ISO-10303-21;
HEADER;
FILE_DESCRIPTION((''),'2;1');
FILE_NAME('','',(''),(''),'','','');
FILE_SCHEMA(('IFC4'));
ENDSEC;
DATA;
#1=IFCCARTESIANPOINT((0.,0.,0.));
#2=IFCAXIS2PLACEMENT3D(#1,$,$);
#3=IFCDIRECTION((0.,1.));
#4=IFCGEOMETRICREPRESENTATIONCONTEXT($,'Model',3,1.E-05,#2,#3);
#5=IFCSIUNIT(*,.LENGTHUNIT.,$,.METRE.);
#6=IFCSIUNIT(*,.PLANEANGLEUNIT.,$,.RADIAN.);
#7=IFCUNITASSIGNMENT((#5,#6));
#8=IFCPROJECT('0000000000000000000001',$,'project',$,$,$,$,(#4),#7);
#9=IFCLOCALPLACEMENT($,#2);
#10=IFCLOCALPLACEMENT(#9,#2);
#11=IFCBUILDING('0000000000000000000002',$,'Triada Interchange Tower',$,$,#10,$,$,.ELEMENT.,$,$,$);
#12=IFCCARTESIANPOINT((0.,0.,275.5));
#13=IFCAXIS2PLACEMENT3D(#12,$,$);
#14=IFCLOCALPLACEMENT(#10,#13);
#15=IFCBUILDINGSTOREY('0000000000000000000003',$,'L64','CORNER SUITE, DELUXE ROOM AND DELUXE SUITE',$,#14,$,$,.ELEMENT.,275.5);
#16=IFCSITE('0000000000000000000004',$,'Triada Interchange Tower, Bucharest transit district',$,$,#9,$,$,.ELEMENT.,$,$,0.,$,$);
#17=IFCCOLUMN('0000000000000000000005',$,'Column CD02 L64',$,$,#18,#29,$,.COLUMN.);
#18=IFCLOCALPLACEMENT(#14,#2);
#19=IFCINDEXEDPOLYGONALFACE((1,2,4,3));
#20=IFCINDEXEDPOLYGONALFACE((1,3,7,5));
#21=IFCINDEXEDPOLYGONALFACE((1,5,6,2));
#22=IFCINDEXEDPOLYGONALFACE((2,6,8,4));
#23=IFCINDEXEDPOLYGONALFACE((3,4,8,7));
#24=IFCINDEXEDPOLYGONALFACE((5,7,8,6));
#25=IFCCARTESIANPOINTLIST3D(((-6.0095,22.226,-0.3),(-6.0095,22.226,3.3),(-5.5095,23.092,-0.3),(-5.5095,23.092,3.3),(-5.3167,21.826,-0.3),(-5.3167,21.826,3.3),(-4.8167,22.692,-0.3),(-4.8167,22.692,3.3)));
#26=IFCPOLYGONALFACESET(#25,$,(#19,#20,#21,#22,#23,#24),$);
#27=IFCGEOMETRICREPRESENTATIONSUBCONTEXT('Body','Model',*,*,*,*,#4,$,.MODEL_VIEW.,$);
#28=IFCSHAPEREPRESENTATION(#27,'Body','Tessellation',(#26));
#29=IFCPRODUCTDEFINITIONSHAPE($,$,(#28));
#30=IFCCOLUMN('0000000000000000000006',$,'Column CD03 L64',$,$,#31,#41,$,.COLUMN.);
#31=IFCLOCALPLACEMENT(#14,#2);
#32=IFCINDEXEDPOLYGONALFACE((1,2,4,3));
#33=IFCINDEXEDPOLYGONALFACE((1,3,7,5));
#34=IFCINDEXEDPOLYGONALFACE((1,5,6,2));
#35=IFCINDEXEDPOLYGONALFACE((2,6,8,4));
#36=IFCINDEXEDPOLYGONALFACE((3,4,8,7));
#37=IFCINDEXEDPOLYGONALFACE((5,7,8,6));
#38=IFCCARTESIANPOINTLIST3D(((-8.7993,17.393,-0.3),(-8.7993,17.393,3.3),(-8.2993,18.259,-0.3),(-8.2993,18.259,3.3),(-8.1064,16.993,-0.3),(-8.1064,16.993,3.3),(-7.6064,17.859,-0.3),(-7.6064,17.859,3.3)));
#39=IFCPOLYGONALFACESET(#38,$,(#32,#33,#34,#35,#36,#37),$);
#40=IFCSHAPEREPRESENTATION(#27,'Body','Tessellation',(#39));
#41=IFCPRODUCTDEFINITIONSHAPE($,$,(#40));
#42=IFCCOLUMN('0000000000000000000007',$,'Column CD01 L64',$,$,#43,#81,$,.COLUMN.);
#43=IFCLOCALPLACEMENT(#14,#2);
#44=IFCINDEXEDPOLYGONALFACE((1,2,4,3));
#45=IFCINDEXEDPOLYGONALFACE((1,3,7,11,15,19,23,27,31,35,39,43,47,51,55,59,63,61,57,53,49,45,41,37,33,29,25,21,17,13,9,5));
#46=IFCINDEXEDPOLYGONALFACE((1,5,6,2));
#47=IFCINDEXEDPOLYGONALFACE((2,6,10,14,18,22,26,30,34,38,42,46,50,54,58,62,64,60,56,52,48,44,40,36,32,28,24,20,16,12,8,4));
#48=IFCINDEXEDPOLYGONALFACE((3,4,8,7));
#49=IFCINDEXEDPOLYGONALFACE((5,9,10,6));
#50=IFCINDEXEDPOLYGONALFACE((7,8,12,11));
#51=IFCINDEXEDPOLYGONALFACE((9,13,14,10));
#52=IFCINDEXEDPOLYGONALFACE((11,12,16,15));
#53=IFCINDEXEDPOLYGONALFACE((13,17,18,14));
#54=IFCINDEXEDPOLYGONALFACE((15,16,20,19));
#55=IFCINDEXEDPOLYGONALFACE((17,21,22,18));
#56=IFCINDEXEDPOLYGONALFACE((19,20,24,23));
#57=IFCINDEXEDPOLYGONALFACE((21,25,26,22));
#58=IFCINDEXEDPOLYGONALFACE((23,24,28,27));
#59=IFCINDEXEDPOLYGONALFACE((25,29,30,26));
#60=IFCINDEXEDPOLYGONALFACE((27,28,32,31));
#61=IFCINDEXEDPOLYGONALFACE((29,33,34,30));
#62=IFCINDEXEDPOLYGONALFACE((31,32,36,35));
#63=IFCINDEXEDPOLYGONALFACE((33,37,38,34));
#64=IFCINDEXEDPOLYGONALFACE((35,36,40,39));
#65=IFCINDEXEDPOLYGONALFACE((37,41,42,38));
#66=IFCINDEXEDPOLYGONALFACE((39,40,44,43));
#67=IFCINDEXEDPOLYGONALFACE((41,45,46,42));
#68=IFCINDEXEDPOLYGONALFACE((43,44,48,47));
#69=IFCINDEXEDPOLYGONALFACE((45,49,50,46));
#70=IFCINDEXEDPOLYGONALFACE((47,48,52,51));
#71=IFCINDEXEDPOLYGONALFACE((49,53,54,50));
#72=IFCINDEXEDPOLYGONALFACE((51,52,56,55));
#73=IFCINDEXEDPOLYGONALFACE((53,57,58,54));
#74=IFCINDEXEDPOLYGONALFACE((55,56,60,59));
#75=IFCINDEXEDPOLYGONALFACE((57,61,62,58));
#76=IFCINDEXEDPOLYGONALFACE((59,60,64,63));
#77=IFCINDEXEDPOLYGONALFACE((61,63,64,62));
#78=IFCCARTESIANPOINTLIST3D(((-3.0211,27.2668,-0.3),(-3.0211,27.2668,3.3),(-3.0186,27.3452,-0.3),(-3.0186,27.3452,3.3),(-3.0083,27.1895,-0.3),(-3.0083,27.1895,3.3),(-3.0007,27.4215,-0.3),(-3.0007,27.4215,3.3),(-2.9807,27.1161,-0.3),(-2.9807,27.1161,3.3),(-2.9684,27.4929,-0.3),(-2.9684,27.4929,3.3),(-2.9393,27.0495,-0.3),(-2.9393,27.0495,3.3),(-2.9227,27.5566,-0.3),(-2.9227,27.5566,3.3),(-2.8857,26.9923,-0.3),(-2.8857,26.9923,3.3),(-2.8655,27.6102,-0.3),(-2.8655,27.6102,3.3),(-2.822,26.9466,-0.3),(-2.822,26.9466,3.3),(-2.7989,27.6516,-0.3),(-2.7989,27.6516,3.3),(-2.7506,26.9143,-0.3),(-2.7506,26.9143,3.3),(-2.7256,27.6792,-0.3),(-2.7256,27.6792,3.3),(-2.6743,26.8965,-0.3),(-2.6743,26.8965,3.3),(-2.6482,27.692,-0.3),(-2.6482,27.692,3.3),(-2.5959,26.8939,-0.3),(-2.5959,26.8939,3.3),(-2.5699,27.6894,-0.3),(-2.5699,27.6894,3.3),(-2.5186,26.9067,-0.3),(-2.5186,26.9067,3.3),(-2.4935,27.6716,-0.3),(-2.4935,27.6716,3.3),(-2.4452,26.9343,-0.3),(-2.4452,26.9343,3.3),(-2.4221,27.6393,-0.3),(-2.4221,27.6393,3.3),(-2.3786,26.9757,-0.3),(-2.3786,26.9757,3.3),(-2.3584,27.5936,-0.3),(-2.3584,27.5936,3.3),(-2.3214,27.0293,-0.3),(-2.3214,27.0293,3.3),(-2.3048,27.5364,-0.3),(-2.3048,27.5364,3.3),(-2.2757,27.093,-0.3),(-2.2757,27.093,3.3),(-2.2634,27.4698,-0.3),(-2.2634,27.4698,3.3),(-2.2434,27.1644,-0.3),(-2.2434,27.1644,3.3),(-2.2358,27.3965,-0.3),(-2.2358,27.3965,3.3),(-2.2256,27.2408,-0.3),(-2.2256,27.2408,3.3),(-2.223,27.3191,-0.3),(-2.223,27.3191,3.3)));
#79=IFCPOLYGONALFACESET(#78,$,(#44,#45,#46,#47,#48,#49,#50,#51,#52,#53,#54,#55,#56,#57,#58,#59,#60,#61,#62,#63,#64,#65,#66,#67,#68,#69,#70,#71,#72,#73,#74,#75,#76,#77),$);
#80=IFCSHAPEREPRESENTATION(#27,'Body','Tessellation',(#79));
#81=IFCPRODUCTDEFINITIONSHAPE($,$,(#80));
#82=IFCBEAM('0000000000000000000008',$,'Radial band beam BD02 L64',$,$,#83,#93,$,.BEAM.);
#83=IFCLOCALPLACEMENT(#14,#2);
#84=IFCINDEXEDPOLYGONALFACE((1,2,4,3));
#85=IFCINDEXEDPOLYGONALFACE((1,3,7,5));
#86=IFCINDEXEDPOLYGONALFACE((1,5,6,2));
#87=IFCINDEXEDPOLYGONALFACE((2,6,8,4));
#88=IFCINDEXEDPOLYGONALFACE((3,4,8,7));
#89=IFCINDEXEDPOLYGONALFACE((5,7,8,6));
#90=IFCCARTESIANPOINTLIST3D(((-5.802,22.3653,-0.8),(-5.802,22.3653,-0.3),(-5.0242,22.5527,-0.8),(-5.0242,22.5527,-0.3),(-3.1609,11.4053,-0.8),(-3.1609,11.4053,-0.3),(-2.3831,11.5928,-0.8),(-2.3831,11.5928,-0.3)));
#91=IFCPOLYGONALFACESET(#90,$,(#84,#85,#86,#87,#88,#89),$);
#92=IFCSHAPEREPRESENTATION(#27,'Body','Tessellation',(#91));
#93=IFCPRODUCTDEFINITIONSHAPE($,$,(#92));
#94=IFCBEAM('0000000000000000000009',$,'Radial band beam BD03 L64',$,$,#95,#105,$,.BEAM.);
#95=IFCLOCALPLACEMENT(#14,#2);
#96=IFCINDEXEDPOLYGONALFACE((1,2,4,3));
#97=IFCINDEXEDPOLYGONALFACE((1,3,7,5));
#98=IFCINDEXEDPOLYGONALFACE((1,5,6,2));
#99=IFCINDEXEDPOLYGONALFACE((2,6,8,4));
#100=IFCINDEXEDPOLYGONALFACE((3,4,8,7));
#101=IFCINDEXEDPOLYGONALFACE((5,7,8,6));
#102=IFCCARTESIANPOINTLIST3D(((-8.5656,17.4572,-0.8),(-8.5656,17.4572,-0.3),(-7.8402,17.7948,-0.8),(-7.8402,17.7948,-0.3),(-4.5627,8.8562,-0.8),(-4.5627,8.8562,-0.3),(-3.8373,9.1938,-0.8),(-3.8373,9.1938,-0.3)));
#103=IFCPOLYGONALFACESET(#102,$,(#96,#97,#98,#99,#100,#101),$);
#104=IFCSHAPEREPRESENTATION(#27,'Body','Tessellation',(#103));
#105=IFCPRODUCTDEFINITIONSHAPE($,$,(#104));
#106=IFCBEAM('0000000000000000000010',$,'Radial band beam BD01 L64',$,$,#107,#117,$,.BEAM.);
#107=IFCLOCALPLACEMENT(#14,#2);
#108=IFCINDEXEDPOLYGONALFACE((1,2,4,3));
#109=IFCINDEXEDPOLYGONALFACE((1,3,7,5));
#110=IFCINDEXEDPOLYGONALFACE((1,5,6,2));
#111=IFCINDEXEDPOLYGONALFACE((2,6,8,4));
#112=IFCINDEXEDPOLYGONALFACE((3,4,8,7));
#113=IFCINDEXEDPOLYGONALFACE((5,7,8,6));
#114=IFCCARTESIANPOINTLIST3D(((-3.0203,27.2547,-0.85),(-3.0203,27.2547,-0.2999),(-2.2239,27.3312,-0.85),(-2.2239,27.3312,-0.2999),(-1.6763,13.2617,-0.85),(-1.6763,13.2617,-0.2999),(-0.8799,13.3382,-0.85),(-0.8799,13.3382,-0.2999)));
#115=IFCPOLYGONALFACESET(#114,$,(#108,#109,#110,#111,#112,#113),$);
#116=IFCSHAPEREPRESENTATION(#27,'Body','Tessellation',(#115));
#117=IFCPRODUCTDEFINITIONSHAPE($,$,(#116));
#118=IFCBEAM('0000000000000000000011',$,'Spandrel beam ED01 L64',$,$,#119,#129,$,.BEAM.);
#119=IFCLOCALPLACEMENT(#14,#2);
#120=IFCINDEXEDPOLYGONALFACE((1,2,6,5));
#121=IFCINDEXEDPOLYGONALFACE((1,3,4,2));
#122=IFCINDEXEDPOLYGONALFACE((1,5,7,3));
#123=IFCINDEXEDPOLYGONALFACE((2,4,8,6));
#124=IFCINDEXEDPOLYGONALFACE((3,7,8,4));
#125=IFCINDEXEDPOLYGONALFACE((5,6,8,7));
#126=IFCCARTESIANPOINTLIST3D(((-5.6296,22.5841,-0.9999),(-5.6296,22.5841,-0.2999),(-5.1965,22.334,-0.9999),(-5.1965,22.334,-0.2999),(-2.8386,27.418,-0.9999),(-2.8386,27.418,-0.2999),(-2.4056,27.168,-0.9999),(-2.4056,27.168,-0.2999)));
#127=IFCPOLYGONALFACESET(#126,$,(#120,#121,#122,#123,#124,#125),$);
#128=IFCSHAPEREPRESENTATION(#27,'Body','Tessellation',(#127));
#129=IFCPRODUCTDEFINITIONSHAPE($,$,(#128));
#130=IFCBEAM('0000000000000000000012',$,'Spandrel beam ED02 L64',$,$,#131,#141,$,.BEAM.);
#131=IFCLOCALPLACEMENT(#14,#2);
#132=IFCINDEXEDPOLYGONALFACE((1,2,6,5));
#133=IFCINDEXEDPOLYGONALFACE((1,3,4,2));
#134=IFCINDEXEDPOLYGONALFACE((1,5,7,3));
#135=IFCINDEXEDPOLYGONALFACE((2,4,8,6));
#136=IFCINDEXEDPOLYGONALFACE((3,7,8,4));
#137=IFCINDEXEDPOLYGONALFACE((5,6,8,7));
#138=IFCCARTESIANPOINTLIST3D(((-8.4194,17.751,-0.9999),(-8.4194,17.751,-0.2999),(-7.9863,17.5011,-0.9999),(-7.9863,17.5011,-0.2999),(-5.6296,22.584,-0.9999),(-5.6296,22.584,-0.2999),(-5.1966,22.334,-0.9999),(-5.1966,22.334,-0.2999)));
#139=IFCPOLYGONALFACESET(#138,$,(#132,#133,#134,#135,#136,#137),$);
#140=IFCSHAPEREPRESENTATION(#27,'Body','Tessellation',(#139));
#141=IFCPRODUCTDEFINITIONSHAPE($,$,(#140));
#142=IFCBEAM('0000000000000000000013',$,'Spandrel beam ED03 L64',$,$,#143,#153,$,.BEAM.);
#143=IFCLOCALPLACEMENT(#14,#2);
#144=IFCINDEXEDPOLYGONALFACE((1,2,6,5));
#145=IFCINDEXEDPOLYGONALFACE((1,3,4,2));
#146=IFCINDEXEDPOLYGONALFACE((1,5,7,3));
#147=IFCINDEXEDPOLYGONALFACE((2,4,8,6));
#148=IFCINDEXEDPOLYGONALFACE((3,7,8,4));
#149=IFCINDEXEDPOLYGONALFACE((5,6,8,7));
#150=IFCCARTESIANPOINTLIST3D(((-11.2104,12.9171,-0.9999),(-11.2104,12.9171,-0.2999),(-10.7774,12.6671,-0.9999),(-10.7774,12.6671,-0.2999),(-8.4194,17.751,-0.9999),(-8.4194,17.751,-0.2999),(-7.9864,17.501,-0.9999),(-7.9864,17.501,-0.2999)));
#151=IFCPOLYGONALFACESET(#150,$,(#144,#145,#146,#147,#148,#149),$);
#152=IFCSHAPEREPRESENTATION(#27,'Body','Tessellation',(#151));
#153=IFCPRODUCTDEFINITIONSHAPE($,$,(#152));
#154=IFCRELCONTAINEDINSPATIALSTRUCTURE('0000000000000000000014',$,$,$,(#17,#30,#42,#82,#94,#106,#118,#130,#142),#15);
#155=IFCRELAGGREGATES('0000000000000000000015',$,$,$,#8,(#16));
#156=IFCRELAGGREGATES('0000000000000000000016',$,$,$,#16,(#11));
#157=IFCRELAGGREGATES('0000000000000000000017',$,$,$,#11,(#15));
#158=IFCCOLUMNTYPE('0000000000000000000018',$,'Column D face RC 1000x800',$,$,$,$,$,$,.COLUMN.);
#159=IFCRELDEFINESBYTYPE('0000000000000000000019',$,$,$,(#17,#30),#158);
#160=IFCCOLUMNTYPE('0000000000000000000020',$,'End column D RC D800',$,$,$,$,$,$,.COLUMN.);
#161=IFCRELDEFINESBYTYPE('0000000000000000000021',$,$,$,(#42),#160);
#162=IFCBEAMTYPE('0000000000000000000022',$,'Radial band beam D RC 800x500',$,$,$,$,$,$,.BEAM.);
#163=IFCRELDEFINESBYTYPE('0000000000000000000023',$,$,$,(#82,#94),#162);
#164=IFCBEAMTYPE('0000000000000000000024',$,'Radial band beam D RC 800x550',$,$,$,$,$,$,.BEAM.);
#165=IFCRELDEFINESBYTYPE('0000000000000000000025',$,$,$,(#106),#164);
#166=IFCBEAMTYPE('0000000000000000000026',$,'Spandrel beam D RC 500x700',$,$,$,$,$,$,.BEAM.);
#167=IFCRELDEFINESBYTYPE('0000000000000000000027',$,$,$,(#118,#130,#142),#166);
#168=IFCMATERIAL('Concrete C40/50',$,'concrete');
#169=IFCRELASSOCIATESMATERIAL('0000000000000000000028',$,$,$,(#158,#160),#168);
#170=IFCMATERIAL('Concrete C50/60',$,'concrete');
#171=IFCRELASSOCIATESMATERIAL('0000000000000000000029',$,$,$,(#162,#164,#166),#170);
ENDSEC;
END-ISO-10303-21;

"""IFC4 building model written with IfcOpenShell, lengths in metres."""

from ifc_helpers import new_model, si_unit, direction, frame, origin, origin_2d, place, context, subcontext, project, spatial, rectangle, circle, extrude, material, material_profile, profile_set, type_object, element, save


model = new_model("IFC4")

# Units and contexts
model_context = context("Model", 3, precision=1e-05, world=origin(), true_north=direction((0.0, 1.0)))
body_context = subcontext(model_context, "Body", "Model", "MODEL_VIEW")
ifc_project = project(units=[si_unit("LENGTHUNIT", "METRE"), si_unit("PLANEANGLEUNIT", "RADIAN")], contexts=[model_context])

# Site, building, storey
site_placement = place(None, origin())
site = spatial("IfcSite", under=ifc_project, at=site_placement, Name="Triada Interchange Tower, Bucharest transit district", CompositionType="ELEMENT", RefElevation=0.0)
building_placement = place(site_placement, origin())
building = spatial("IfcBuilding", under=site, at=building_placement, Name="Triada Interchange Tower", CompositionType="ELEMENT")
storey_placement = place(building_placement, frame((0.0, 0.0, 275.5)))
storey = spatial("IfcBuildingStorey", under=building, at=storey_placement, Name="L64", Description="CORNER SUITE, DELUXE ROOM AND DELUXE SUITE", CompositionType="ELEMENT", Elevation=275.5)

# Columns
ifc_material_1 = material(Name="Concrete C40/50", Category="concrete")
ifc_material_profile_1 = material_profile(ifc_material_1, rectangle(XDim=1.0, YDim=0.8, at=origin_2d()), Name="RC 1000x800")
ifc_profile_set_1 = profile_set([ifc_material_profile_1], Name="Concrete C40/50")
column_type_1 = type_object("IfcColumnType", Name="Column D face RC 1000x800", PredefinedType="COLUMN", material=ifc_profile_set_1)
for number, where, z_axis, x_axis, name in (
    (1, (-5.4131, 22.459, -0.3), (0.0, 0.0, 1.0), (0.5, 0.866025, 0.0), "Column CD02 L64"),
    (2, (-8.2029, 17.626, -0.3), (0.0, 0.0, 1.0), (0.5, 0.866025, 0.0), "Column CD03 L64"),
):
    element("IfcColumn", number, at=place(storey_placement, frame(where, z_axis=z_axis, x_axis=x_axis)), inside=storey, type_object=column_type_1, Name=name, PredefinedType="COLUMN", context=body_context, shape_type="SweptSolid", body=[
        extrude(rectangle(XDim=1.0, YDim=0.8, at=origin_2d()), origin(), (0.0, 0.0, 1.0), 3.6001),
    ])
ifc_material_profile_2 = material_profile(ifc_material_1, circle(Radius=0.3999, at=origin_2d()), Name="RC D800")
ifc_profile_set_2 = profile_set([ifc_material_profile_2], Name="Concrete C40/50")
column_type_2 = type_object("IfcColumnType", Name="End column D RC D800", PredefinedType="COLUMN", material=ifc_profile_set_2)
column_placement = place(storey_placement, frame((-2.6221, 27.293, -0.3), z_axis=(0.0, 0.0, 1.0), x_axis=(0.5, 0.866025, 0.0)))
element("IfcColumn", 3, at=column_placement, inside=storey, type_object=column_type_2, Name="Column CD01 L64", PredefinedType="COLUMN", context=body_context, shape_type="SweptSolid", body=[
    extrude(circle(Radius=0.3999, at=origin_2d()), origin(), (0.0, 0.0, 1.0), 3.6001),
])

# Beams
ifc_material_2 = material(Name="Concrete C50/60", Category="concrete")
ifc_material_profile_3 = material_profile(ifc_material_2, rectangle(XDim=0.8, YDim=0.5, at=origin_2d()), Name="RC 800x500")
ifc_profile_set_3 = profile_set([ifc_material_profile_3], Name="Concrete C50/60")
beam_type_1 = type_object("IfcBeamType", Name="Radial band beam D RC 800x500", PredefinedType="BEAM", material=ifc_profile_set_3)
beam_1_placement = place(storey_placement, frame((-5.4131, 22.459, -0.55), z_axis=(0.234272, -0.972171, 0.0), x_axis=(0.972171, 0.234272, 0.0)))
element("IfcBeam", 4, at=beam_1_placement, inside=storey, type_object=beam_type_1, Name="Radial band beam BD02 L64", PredefinedType="BEAM", context=body_context, shape_type="SweptSolid", body=[
    extrude(rectangle(XDim=0.8, YDim=0.5, at=origin_2d()), origin(), (0.0, 0.0, 1.0), 11.2737),
])
beam_2_placement = place(storey_placement, frame((-8.2029, 17.626, -0.55), z_axis=(0.421941, -0.906623, 0.0), x_axis=(0.906623, 0.421941, 0.0)))
element("IfcBeam", 5, at=beam_2_placement, inside=storey, type_object=beam_type_1, Name="Radial band beam BD03 L64", PredefinedType="BEAM", context=body_context, shape_type="SweptSolid", body=[
    extrude(rectangle(XDim=0.8, YDim=0.5, at=origin_2d()), origin(), (0.0, 0.0, 1.0), 9.4868),
])
ifc_material_profile_4 = material_profile(ifc_material_2, rectangle(XDim=0.8, YDim=0.55, at=origin_2d()), Name="RC 800x550")
ifc_profile_set_4 = profile_set([ifc_material_profile_4], Name="Concrete C50/60")
beam_type_2 = type_object("IfcBeamType", Name="Radial band beam D RC 800x550", PredefinedType="BEAM", material=ifc_profile_set_4)
beam_3_placement = place(storey_placement, frame((-2.6221, 27.293, -0.575), z_axis=(0.095608, -0.995419, 0.0), x_axis=(0.995419, 0.095608, 0.0)))
element("IfcBeam", 6, at=beam_3_placement, inside=storey, type_object=beam_type_2, Name="Radial band beam BD01 L64", PredefinedType="BEAM", context=body_context, shape_type="SweptSolid", body=[
    extrude(rectangle(XDim=0.8, YDim=0.55, at=origin_2d()), origin(), (0.0, 0.0, 1.0), 14.0574),
])
ifc_material_profile_5 = material_profile(ifc_material_2, rectangle(XDim=0.5, YDim=0.7, at=origin_2d()), Name="RC 500x700")
ifc_profile_set_5 = profile_set([ifc_material_profile_5], Name="Concrete C50/60")
beam_type_3 = type_object("IfcBeamType", Name="Spandrel beam D RC 500x700", PredefinedType="BEAM", material=ifc_profile_set_5)
beam_4_placement = place(storey_placement, frame((-2.6221, 27.293, -0.6499), z_axis=(-0.500015, -0.866017, 0.0), x_axis=(0.866017, -0.500015, 0.0)))
element("IfcBeam", 7, at=beam_4_placement, inside=storey, type_object=beam_type_3, Name="Spandrel beam ED01 L64", PredefinedType="BEAM", context=body_context, shape_type="SweptSolid", body=[
    extrude(rectangle(XDim=0.5, YDim=0.7, at=origin_2d()), origin(), (0.0, 0.0, 1.0), 5.5818),
])
beam_5_placement = place(storey_placement, frame((-5.4131, 22.459, -0.6499), z_axis=(-0.499927, -0.866068, 0.0), x_axis=(0.866068, -0.499927, 0.0)))
element("IfcBeam", 8, at=beam_5_placement, inside=storey, type_object=beam_type_3, Name="Spandrel beam ED02 L64", PredefinedType="BEAM", context=body_context, shape_type="SweptSolid", body=[
    extrude(rectangle(XDim=0.5, YDim=0.7, at=origin_2d()), origin(), (0.0, 0.0, 1.0), 5.5803),
])
beam_6_placement = place(storey_placement, frame((-8.2029, 17.626, -0.6499), z_axis=(-0.500015, -0.866017, 0.0), x_axis=(0.866017, -0.500015, 0.0)))
element("IfcBeam", 9, at=beam_6_placement, inside=storey, type_object=beam_type_3, Name="Spandrel beam ED03 L64", PredefinedType="BEAM", context=body_context, shape_type="SweptSolid", body=[
    extrude(rectangle(XDim=0.5, YDim=0.7, at=origin_2d()), origin(), (0.0, 0.0, 1.0), 5.5818),
])

save(model, "model.ifc")
